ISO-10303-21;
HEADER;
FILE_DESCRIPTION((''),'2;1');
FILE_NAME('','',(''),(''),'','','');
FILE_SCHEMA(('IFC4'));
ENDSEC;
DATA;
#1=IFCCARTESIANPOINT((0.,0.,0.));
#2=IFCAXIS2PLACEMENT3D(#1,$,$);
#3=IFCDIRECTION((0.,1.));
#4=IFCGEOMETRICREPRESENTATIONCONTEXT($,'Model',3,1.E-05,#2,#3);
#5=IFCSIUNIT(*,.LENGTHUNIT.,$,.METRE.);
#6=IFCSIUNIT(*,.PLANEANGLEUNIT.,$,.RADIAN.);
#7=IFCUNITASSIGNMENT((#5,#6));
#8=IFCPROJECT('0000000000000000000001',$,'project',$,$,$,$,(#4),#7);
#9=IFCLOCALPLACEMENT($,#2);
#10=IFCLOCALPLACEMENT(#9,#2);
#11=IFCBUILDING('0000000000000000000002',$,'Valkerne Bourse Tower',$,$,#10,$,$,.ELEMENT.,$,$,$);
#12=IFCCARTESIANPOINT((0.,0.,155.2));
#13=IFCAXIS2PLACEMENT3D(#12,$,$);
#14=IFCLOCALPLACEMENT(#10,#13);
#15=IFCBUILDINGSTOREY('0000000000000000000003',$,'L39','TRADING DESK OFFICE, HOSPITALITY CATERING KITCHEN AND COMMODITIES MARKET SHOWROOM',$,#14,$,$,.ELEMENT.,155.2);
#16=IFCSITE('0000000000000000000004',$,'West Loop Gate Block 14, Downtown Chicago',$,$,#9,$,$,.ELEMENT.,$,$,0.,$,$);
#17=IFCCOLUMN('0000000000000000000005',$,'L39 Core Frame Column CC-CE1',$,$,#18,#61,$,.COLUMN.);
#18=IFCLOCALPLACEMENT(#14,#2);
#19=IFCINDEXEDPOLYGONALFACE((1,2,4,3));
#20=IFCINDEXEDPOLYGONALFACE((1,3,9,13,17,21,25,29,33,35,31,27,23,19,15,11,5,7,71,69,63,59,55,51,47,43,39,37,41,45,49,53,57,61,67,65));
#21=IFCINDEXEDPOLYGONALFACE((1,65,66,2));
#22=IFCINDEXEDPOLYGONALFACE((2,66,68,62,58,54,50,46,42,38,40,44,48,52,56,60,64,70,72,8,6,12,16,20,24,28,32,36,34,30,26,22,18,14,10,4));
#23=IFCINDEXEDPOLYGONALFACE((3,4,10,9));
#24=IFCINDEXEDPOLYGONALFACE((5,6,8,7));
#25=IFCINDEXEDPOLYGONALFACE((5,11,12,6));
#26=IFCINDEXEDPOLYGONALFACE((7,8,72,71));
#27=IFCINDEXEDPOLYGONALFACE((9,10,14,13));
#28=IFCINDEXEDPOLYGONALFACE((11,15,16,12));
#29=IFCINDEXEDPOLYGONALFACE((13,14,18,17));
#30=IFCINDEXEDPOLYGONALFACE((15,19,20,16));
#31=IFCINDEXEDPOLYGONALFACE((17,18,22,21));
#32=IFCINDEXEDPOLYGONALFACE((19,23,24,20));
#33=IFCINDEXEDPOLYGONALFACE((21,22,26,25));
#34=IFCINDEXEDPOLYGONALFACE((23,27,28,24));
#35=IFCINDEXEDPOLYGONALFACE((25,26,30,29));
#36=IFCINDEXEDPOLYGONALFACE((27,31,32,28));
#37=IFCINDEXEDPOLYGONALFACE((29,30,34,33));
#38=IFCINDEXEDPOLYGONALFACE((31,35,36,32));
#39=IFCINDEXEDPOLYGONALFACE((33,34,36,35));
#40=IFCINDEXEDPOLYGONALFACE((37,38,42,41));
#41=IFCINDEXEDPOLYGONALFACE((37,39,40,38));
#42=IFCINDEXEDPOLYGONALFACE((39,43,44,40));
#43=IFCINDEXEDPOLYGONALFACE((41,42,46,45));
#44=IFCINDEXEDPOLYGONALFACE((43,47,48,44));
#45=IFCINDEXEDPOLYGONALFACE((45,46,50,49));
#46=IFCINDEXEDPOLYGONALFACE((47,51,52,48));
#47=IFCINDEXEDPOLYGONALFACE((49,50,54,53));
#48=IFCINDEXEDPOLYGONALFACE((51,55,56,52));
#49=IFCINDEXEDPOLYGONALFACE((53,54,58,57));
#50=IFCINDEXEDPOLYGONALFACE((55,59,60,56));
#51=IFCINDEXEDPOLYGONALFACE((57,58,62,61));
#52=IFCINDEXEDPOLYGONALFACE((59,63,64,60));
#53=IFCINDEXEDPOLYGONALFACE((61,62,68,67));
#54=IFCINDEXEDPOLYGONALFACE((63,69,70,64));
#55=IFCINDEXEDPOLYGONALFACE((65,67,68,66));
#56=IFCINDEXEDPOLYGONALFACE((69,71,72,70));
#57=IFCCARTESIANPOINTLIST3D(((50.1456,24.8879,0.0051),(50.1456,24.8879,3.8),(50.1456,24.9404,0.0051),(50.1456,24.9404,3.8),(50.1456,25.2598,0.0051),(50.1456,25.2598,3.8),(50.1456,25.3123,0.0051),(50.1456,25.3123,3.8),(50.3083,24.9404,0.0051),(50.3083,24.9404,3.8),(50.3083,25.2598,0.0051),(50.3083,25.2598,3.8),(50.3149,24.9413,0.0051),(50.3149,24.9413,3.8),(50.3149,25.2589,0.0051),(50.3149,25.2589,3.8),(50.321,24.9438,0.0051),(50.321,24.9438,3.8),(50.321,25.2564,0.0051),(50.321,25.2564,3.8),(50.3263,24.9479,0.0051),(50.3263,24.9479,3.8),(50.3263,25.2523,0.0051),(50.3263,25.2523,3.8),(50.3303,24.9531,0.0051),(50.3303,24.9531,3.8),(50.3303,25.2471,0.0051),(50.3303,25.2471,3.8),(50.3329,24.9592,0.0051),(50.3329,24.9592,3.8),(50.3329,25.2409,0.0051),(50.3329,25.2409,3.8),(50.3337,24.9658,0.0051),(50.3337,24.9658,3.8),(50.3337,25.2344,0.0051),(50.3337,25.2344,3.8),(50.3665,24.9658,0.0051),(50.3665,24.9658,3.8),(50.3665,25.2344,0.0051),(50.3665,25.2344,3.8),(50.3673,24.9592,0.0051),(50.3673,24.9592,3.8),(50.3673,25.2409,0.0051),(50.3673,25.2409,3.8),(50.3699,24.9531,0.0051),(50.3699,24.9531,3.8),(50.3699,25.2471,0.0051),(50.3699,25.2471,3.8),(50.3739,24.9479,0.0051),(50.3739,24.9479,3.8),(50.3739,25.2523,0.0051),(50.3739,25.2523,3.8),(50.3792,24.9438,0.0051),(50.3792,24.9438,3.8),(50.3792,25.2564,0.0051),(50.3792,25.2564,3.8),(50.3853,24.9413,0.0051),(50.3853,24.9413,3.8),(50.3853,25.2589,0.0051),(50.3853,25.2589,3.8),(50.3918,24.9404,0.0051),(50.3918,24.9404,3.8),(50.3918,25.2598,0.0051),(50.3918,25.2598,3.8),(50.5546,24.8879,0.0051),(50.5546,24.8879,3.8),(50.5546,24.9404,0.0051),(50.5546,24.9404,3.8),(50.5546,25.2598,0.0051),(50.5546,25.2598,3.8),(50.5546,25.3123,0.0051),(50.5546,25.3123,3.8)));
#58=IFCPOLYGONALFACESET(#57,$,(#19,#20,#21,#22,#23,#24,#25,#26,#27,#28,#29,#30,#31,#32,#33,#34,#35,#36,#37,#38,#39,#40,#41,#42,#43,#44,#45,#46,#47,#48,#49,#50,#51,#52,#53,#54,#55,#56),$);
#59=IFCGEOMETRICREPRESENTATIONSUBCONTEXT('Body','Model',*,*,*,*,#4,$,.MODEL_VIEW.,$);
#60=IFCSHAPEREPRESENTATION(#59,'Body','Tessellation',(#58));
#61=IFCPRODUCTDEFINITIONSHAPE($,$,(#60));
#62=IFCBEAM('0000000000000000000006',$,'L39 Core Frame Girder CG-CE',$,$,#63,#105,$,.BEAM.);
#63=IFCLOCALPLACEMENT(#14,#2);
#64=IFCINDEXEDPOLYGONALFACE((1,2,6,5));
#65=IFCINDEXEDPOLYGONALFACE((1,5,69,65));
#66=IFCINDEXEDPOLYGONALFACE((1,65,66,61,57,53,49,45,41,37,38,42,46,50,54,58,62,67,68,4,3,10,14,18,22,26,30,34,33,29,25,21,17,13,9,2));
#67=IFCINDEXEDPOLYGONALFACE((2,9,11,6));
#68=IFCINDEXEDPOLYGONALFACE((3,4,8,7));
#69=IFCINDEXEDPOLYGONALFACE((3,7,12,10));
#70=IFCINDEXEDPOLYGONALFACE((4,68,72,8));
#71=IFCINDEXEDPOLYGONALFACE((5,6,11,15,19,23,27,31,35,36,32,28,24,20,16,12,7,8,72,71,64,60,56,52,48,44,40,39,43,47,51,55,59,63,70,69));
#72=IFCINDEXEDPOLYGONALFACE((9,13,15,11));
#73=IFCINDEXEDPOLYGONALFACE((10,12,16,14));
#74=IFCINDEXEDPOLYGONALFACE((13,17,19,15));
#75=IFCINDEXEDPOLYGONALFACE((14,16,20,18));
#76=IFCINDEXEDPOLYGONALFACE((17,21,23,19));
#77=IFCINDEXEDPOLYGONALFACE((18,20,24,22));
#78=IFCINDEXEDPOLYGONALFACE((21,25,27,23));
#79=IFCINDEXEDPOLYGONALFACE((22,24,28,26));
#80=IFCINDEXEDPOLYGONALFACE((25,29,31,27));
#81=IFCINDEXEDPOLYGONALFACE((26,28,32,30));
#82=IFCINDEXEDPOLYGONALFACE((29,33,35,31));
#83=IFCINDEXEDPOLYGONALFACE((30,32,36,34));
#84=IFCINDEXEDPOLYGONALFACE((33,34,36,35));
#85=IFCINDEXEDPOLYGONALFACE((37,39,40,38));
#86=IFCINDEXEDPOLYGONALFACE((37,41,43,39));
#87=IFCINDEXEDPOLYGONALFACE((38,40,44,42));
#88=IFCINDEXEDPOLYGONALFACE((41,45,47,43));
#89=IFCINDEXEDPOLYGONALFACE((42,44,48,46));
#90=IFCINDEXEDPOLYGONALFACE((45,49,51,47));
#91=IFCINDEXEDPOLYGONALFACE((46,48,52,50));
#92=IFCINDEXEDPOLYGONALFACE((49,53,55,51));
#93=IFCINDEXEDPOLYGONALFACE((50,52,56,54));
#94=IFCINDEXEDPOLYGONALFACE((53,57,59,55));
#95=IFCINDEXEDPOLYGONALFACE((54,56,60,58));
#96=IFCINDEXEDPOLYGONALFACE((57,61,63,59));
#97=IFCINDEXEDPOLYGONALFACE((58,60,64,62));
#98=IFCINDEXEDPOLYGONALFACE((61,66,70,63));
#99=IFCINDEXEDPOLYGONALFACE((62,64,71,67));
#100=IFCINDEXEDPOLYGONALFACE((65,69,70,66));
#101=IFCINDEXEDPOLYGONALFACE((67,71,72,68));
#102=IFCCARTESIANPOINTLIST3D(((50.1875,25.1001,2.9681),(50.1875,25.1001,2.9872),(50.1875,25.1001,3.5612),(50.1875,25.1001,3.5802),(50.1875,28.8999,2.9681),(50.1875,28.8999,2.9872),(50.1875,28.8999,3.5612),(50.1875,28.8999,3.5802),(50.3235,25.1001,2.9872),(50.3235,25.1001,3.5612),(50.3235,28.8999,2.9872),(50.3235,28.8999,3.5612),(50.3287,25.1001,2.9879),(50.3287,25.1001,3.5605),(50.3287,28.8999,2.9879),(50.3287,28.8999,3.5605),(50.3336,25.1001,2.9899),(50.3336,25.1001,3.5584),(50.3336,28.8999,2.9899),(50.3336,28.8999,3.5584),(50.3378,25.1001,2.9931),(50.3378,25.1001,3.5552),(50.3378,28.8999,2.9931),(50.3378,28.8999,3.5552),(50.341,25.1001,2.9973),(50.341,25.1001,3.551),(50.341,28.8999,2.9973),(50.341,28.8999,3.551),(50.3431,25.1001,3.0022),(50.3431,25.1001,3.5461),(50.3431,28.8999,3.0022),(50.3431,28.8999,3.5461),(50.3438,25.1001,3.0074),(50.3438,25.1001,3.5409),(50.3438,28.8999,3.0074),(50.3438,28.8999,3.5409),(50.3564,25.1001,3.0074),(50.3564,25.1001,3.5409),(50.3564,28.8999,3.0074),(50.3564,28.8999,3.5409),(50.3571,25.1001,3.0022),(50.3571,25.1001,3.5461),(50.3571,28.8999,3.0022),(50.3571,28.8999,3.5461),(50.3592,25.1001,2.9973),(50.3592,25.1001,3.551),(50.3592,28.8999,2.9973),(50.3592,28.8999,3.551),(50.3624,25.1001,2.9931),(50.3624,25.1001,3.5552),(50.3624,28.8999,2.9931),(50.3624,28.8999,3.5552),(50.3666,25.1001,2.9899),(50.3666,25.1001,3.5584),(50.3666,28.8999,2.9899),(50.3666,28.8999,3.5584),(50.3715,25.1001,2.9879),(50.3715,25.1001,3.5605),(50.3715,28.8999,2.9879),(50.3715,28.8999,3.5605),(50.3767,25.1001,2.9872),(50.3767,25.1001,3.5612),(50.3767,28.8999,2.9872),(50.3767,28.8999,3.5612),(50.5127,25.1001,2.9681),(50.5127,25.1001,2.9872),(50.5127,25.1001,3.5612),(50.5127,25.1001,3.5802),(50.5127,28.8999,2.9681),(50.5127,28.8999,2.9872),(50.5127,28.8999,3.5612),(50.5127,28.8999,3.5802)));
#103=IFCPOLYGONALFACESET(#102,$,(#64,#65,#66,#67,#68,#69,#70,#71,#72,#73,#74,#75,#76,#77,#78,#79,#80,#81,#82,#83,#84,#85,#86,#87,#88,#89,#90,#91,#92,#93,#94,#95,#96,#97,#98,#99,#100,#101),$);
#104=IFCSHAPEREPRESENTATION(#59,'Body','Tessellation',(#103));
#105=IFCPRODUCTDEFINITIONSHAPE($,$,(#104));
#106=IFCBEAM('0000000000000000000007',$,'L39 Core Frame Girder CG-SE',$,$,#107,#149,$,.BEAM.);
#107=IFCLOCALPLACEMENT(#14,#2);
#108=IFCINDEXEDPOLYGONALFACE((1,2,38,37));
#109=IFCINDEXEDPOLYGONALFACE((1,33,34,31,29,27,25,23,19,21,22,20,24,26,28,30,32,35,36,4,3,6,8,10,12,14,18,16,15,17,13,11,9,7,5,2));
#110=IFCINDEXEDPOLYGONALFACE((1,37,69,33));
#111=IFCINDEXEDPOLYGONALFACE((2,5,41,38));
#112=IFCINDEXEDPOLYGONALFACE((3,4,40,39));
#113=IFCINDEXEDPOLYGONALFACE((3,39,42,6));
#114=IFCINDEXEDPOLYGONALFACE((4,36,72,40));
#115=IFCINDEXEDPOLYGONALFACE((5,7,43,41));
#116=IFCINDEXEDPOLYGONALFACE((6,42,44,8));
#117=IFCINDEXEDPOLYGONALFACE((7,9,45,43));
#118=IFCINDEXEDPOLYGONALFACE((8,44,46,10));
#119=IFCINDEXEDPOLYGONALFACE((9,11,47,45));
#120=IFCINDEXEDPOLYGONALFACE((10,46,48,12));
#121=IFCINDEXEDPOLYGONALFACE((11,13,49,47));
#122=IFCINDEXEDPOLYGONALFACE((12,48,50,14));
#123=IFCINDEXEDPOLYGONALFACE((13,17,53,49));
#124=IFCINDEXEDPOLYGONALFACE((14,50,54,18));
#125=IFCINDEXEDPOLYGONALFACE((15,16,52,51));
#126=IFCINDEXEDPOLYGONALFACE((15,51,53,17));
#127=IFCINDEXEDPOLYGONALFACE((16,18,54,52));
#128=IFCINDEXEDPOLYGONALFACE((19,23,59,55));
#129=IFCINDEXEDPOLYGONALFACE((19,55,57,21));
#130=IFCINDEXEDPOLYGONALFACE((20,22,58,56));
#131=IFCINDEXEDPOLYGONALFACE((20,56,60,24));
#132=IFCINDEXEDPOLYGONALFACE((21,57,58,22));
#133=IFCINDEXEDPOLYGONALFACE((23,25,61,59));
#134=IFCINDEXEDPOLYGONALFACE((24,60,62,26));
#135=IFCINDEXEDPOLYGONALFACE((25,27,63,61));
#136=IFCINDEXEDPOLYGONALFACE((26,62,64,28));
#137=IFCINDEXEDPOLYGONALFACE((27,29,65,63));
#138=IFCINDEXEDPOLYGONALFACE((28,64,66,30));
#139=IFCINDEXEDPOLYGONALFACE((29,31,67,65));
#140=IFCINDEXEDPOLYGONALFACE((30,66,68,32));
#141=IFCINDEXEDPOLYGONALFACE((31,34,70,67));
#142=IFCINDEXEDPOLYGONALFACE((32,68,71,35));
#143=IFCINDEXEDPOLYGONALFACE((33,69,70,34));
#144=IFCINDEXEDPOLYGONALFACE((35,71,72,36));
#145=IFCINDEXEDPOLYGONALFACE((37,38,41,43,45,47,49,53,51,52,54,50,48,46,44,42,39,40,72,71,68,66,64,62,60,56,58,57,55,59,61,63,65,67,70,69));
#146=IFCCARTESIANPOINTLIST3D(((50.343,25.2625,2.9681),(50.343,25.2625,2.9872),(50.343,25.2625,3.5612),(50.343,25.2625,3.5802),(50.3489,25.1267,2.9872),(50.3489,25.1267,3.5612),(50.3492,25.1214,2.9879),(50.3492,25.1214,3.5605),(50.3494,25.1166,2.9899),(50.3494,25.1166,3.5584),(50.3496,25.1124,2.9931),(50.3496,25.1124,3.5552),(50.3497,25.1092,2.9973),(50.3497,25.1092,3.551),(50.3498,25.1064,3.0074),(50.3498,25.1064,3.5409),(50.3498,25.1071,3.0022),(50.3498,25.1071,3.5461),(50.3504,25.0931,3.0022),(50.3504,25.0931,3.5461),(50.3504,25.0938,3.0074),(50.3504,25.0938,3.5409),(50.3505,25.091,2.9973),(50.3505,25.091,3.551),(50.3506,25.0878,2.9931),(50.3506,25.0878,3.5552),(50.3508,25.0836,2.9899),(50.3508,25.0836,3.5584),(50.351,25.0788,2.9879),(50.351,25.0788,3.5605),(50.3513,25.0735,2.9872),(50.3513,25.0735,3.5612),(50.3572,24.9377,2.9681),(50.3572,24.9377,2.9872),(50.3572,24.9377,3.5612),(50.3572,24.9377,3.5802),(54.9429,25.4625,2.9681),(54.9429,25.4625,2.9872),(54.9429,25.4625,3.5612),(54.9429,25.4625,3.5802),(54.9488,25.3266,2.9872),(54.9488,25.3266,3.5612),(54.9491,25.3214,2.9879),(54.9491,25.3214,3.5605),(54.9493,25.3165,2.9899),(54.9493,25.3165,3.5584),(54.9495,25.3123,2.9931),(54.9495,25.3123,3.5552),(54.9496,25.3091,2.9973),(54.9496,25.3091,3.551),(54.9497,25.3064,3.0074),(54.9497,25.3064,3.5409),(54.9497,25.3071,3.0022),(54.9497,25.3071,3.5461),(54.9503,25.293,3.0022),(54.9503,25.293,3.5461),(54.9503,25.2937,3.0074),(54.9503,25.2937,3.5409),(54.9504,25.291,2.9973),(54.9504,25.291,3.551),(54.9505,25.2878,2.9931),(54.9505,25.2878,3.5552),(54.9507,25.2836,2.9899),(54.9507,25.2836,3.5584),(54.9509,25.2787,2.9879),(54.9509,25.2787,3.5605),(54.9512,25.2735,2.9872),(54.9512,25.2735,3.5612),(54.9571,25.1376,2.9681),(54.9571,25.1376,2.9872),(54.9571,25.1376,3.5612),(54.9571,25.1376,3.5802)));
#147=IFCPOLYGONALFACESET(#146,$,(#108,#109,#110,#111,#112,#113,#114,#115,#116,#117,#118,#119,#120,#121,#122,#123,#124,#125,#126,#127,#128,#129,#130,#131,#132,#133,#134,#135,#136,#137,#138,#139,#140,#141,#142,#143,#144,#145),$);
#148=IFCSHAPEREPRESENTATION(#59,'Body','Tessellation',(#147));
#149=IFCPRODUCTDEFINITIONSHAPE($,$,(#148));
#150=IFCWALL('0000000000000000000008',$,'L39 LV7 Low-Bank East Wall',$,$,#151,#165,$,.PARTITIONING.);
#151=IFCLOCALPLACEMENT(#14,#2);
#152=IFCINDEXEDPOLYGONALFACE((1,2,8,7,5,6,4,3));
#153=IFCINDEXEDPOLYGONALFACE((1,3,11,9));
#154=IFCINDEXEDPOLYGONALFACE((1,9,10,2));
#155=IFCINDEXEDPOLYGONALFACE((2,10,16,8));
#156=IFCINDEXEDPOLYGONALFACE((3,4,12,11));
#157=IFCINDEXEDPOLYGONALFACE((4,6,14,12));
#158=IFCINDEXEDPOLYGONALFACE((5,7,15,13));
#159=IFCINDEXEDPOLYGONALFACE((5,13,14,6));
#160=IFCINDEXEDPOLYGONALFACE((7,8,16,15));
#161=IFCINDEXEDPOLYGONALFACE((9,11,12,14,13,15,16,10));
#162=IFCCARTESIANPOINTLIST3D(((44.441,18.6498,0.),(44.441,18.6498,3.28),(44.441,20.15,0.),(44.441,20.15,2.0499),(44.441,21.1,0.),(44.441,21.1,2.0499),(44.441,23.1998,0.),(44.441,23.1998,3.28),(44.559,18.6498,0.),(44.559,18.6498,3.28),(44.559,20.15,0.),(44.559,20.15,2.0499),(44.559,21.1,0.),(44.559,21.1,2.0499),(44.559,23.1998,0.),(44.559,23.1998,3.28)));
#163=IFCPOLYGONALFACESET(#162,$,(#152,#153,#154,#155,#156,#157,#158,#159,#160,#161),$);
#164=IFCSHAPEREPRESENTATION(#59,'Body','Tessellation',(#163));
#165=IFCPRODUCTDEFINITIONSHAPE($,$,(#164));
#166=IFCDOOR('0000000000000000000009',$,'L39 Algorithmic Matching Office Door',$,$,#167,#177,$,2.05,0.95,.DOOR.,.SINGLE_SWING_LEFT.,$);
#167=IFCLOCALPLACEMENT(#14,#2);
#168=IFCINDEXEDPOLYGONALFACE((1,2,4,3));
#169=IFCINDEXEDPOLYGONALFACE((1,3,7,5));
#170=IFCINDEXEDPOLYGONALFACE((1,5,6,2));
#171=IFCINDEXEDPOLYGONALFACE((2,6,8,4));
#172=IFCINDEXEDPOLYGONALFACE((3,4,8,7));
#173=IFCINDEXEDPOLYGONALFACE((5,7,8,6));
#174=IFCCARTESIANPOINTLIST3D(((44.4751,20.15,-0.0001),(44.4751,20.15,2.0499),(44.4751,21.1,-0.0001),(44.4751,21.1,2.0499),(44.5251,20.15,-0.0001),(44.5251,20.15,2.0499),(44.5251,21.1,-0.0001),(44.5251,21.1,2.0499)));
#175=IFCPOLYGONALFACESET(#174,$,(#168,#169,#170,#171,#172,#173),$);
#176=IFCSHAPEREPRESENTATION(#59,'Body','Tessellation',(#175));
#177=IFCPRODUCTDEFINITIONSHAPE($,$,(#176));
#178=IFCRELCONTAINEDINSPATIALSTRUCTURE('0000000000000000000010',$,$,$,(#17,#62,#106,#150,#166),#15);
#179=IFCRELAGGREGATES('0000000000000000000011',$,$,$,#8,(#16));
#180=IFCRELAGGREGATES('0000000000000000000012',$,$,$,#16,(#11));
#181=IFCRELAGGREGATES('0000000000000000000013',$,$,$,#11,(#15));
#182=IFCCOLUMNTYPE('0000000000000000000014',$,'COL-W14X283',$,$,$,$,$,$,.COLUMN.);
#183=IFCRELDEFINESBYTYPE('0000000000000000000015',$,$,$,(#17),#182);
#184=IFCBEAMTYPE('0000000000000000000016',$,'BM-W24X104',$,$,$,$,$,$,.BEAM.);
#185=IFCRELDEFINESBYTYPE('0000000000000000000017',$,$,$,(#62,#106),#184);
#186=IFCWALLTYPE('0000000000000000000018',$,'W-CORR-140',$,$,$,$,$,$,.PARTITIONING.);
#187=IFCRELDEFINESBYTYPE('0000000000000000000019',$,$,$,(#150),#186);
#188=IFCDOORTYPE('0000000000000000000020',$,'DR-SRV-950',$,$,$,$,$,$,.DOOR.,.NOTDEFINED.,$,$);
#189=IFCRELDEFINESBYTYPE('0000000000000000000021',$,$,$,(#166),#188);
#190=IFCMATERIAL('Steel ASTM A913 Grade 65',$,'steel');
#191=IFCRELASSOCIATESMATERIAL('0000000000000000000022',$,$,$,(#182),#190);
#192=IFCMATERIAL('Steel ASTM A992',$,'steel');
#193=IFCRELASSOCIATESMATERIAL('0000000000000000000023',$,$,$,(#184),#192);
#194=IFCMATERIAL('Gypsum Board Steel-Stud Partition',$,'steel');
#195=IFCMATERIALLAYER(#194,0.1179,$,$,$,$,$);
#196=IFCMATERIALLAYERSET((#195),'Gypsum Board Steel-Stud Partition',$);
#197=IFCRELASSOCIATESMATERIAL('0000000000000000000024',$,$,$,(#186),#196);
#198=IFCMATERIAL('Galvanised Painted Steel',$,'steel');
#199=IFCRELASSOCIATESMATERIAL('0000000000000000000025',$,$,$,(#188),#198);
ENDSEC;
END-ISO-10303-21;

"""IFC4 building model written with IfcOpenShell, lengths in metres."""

from ifc_helpers import new_model, si_unit, direction, frame, frame_2d, origin, origin_2d, place, context, subcontext, project, spatial, rectangle, i_section, extrude, material, layer, layer_set, material_profile, profile_set, type_object, element, fill, save


model = new_model("IFC4")

# Units and contexts
model_context = context("Model", 3, precision=1e-05, world=origin(), true_north=direction((0.0, 1.0)))
body_context = subcontext(model_context, "Body", "Model", "MODEL_VIEW")
ifc_project = project(units=[si_unit("LENGTHUNIT", "METRE"), si_unit("PLANEANGLEUNIT", "RADIAN")], contexts=[model_context])

# Site, building, storey
site_placement = place(None, origin())
site = spatial("IfcSite", under=ifc_project, at=site_placement, Name="West Loop Gate Block 14, Downtown Chicago", CompositionType="ELEMENT", RefElevation=0.0)
building_placement = place(site_placement, origin())
building = spatial("IfcBuilding", under=site, at=building_placement, Name="Valkerne Bourse Tower", CompositionType="ELEMENT")
storey_placement = place(building_placement, frame((0.0, 0.0, 155.2)))
storey = spatial("IfcBuildingStorey", under=building, at=storey_placement, Name="L39", Description="TRADING DESK OFFICE, HOSPITALITY CATERING KITCHEN AND COMMODITIES MARKET SHOWROOM", CompositionType="ELEMENT", Elevation=155.2)

# Column
ifc_material_1 = material(Name="Steel ASTM A913 Grade 65", Category="steel")
ifc_material_profile_1 = material_profile(ifc_material_1, i_section(OverallWidth=0.4089, OverallDepth=0.4243, WebThickness=0.0327, FlangeThickness=0.0525, FilletRadius=0.0254, at=origin_2d()), Name="W14X283")
ifc_profile_set_1 = profile_set([ifc_material_profile_1], Name="Steel ASTM A913 Grade 65")
column_type = type_object("IfcColumnType", Name="COL-W14X283", PredefinedType="COLUMN", material=ifc_profile_set_1)
column_placement = place(storey_placement, frame((50.3501, 25.1001, 0.0051), z_axis=(0.0, 0.0, 1.0), x_axis=(1.0, 0.0, 0.0)))
element("IfcColumn", 1, at=column_placement, inside=storey, type_object=column_type, Name="L39 Core Frame Column CC-CE1", PredefinedType="COLUMN", context=body_context, shape_type="SweptSolid", body=[
    extrude(i_section(OverallWidth=0.4089, OverallDepth=0.4243, WebThickness=0.0327, FlangeThickness=0.0525, FilletRadius=0.0254, at=origin_2d()), origin(), (0.0, 0.0, 1.0), 3.7949),
])

# Beams
ifc_material_2 = material(Name="Steel ASTM A992", Category="steel")
ifc_material_profile_2 = material_profile(ifc_material_2, i_section(OverallWidth=0.3252, OverallDepth=0.6121, WebThickness=0.0127, FlangeThickness=0.019, FilletRadius=0.0203, at=origin_2d()), Name="W24X104")
ifc_profile_set_2 = profile_set([ifc_material_profile_2], Name="Steel ASTM A992")
beam_type = type_object("IfcBeamType", Name="BM-W24X104", PredefinedType="BEAM", material=ifc_profile_set_2)
beam_1_placement = place(storey_placement, frame((50.3501, 25.1001, 3.2742), z_axis=(0.0, 1.0, 0.0), x_axis=(-1.0, 0.0, 0.0)))
element("IfcBeam", 2, at=beam_1_placement, inside=storey, type_object=beam_type, Name="L39 Core Frame Girder CG-CE", PredefinedType="BEAM", context=body_context, shape_type="SweptSolid", body=[
    extrude(i_section(OverallWidth=0.3252, OverallDepth=0.6121, WebThickness=0.0127, FlangeThickness=0.019, FilletRadius=0.0203, at=origin_2d()), origin(), (0.0, 0.0, 1.0), 3.7998),
])
beam_2_placement = place(storey_placement, frame((50.3501, 25.1001, 3.2742), z_axis=(0.999057, 0.043428, 0.0), x_axis=(-0.043428, 0.999057, 0.0)))
element("IfcBeam", 3, at=beam_2_placement, inside=storey, type_object=beam_type, Name="L39 Core Frame Girder CG-SE", PredefinedType="BEAM", context=body_context, shape_type="SweptSolid", body=[
    extrude(i_section(OverallWidth=0.3252, OverallDepth=0.6121, WebThickness=0.0127, FlangeThickness=0.019, FilletRadius=0.0203, at=origin_2d()), origin(), (0.0, 0.0, 1.0), 4.6042),
])

# Wall, opening, door
ifc_material_3 = material(Name="Gypsum Board Steel-Stud Partition", Category="steel")
ifc_layer_1 = layer(ifc_material_3, 0.1179)
ifc_layer_set_1 = layer_set([ifc_layer_1], Name="Gypsum Board Steel-Stud Partition")
wall_type_1 = type_object("IfcWallType", Name="W-CORR-140", PredefinedType="PARTITIONING", material=ifc_layer_set_1)
wall_1_placement = place(storey_placement, frame((44.5, 18.6499, 0.0), z_axis=(0.0, 0.0, 1.0), x_axis=(0.0, 1.0, 0.0)))
wall_1 = element("IfcWall", 4, at=wall_1_placement, inside=storey, type_object=wall_type_1, Name="L39 LV7 Low-Bank East Wall", PredefinedType="PARTITIONING", context=body_context, shape_type="SweptSolid", body=[
    extrude(rectangle(XDim=4.55, YDim=0.1179, at=frame_2d((2.2749, 0.0))), origin(), (0.0, 0.0, 1.0), 3.28),
])
opening_1_placement = place(wall_1_placement, frame((1.5, 0.0, 0.0)))
opening_1 = element("IfcOpeningElement", 5, at=opening_1_placement, cuts=wall_1, PredefinedType="OPENING", context=body_context, shape_type="SweptSolid", body=[
    extrude(rectangle(XDim=0.95, YDim=2.05, at=frame_2d((0.4751, 1.0249))), frame((0.0, 0.0688, 0.0), z_axis=(0.0, -1.0, 0.0), x_axis=(1.0, 0.0, 0.0)), (0.0, 0.0, 1.0), 0.1379),
])
ifc_material_4 = material(Name="Galvanised Painted Steel", Category="steel")
door_type_1 = type_object("IfcDoorType", Name="DR-SRV-950", OperationType="NOTDEFINED", PredefinedType="DOOR", material=ifc_material_4)
door_1_placement = place(opening_1_placement, origin())
door_1 = element("IfcDoor", 6, at=door_1_placement, inside=storey, type_object=door_type_1, Name="L39 Algorithmic Matching Office Door", OperationType="SINGLE_SWING_LEFT", OverallHeight=2.05, OverallWidth=0.95, PredefinedType="DOOR", context=body_context, shape_type="SweptSolid", body=[
    extrude(rectangle(XDim=0.95, YDim=2.05, at=frame_2d((0.4751, 1.0249))), frame((0.0, 0.0249, 0.0), z_axis=(0.0, -1.0, 0.0), x_axis=(1.0, 0.0, 0.0)), (0.0, 0.0, 1.0), 0.05),
])
fill(opening_1, door_1)

save(model, "model.ifc")
